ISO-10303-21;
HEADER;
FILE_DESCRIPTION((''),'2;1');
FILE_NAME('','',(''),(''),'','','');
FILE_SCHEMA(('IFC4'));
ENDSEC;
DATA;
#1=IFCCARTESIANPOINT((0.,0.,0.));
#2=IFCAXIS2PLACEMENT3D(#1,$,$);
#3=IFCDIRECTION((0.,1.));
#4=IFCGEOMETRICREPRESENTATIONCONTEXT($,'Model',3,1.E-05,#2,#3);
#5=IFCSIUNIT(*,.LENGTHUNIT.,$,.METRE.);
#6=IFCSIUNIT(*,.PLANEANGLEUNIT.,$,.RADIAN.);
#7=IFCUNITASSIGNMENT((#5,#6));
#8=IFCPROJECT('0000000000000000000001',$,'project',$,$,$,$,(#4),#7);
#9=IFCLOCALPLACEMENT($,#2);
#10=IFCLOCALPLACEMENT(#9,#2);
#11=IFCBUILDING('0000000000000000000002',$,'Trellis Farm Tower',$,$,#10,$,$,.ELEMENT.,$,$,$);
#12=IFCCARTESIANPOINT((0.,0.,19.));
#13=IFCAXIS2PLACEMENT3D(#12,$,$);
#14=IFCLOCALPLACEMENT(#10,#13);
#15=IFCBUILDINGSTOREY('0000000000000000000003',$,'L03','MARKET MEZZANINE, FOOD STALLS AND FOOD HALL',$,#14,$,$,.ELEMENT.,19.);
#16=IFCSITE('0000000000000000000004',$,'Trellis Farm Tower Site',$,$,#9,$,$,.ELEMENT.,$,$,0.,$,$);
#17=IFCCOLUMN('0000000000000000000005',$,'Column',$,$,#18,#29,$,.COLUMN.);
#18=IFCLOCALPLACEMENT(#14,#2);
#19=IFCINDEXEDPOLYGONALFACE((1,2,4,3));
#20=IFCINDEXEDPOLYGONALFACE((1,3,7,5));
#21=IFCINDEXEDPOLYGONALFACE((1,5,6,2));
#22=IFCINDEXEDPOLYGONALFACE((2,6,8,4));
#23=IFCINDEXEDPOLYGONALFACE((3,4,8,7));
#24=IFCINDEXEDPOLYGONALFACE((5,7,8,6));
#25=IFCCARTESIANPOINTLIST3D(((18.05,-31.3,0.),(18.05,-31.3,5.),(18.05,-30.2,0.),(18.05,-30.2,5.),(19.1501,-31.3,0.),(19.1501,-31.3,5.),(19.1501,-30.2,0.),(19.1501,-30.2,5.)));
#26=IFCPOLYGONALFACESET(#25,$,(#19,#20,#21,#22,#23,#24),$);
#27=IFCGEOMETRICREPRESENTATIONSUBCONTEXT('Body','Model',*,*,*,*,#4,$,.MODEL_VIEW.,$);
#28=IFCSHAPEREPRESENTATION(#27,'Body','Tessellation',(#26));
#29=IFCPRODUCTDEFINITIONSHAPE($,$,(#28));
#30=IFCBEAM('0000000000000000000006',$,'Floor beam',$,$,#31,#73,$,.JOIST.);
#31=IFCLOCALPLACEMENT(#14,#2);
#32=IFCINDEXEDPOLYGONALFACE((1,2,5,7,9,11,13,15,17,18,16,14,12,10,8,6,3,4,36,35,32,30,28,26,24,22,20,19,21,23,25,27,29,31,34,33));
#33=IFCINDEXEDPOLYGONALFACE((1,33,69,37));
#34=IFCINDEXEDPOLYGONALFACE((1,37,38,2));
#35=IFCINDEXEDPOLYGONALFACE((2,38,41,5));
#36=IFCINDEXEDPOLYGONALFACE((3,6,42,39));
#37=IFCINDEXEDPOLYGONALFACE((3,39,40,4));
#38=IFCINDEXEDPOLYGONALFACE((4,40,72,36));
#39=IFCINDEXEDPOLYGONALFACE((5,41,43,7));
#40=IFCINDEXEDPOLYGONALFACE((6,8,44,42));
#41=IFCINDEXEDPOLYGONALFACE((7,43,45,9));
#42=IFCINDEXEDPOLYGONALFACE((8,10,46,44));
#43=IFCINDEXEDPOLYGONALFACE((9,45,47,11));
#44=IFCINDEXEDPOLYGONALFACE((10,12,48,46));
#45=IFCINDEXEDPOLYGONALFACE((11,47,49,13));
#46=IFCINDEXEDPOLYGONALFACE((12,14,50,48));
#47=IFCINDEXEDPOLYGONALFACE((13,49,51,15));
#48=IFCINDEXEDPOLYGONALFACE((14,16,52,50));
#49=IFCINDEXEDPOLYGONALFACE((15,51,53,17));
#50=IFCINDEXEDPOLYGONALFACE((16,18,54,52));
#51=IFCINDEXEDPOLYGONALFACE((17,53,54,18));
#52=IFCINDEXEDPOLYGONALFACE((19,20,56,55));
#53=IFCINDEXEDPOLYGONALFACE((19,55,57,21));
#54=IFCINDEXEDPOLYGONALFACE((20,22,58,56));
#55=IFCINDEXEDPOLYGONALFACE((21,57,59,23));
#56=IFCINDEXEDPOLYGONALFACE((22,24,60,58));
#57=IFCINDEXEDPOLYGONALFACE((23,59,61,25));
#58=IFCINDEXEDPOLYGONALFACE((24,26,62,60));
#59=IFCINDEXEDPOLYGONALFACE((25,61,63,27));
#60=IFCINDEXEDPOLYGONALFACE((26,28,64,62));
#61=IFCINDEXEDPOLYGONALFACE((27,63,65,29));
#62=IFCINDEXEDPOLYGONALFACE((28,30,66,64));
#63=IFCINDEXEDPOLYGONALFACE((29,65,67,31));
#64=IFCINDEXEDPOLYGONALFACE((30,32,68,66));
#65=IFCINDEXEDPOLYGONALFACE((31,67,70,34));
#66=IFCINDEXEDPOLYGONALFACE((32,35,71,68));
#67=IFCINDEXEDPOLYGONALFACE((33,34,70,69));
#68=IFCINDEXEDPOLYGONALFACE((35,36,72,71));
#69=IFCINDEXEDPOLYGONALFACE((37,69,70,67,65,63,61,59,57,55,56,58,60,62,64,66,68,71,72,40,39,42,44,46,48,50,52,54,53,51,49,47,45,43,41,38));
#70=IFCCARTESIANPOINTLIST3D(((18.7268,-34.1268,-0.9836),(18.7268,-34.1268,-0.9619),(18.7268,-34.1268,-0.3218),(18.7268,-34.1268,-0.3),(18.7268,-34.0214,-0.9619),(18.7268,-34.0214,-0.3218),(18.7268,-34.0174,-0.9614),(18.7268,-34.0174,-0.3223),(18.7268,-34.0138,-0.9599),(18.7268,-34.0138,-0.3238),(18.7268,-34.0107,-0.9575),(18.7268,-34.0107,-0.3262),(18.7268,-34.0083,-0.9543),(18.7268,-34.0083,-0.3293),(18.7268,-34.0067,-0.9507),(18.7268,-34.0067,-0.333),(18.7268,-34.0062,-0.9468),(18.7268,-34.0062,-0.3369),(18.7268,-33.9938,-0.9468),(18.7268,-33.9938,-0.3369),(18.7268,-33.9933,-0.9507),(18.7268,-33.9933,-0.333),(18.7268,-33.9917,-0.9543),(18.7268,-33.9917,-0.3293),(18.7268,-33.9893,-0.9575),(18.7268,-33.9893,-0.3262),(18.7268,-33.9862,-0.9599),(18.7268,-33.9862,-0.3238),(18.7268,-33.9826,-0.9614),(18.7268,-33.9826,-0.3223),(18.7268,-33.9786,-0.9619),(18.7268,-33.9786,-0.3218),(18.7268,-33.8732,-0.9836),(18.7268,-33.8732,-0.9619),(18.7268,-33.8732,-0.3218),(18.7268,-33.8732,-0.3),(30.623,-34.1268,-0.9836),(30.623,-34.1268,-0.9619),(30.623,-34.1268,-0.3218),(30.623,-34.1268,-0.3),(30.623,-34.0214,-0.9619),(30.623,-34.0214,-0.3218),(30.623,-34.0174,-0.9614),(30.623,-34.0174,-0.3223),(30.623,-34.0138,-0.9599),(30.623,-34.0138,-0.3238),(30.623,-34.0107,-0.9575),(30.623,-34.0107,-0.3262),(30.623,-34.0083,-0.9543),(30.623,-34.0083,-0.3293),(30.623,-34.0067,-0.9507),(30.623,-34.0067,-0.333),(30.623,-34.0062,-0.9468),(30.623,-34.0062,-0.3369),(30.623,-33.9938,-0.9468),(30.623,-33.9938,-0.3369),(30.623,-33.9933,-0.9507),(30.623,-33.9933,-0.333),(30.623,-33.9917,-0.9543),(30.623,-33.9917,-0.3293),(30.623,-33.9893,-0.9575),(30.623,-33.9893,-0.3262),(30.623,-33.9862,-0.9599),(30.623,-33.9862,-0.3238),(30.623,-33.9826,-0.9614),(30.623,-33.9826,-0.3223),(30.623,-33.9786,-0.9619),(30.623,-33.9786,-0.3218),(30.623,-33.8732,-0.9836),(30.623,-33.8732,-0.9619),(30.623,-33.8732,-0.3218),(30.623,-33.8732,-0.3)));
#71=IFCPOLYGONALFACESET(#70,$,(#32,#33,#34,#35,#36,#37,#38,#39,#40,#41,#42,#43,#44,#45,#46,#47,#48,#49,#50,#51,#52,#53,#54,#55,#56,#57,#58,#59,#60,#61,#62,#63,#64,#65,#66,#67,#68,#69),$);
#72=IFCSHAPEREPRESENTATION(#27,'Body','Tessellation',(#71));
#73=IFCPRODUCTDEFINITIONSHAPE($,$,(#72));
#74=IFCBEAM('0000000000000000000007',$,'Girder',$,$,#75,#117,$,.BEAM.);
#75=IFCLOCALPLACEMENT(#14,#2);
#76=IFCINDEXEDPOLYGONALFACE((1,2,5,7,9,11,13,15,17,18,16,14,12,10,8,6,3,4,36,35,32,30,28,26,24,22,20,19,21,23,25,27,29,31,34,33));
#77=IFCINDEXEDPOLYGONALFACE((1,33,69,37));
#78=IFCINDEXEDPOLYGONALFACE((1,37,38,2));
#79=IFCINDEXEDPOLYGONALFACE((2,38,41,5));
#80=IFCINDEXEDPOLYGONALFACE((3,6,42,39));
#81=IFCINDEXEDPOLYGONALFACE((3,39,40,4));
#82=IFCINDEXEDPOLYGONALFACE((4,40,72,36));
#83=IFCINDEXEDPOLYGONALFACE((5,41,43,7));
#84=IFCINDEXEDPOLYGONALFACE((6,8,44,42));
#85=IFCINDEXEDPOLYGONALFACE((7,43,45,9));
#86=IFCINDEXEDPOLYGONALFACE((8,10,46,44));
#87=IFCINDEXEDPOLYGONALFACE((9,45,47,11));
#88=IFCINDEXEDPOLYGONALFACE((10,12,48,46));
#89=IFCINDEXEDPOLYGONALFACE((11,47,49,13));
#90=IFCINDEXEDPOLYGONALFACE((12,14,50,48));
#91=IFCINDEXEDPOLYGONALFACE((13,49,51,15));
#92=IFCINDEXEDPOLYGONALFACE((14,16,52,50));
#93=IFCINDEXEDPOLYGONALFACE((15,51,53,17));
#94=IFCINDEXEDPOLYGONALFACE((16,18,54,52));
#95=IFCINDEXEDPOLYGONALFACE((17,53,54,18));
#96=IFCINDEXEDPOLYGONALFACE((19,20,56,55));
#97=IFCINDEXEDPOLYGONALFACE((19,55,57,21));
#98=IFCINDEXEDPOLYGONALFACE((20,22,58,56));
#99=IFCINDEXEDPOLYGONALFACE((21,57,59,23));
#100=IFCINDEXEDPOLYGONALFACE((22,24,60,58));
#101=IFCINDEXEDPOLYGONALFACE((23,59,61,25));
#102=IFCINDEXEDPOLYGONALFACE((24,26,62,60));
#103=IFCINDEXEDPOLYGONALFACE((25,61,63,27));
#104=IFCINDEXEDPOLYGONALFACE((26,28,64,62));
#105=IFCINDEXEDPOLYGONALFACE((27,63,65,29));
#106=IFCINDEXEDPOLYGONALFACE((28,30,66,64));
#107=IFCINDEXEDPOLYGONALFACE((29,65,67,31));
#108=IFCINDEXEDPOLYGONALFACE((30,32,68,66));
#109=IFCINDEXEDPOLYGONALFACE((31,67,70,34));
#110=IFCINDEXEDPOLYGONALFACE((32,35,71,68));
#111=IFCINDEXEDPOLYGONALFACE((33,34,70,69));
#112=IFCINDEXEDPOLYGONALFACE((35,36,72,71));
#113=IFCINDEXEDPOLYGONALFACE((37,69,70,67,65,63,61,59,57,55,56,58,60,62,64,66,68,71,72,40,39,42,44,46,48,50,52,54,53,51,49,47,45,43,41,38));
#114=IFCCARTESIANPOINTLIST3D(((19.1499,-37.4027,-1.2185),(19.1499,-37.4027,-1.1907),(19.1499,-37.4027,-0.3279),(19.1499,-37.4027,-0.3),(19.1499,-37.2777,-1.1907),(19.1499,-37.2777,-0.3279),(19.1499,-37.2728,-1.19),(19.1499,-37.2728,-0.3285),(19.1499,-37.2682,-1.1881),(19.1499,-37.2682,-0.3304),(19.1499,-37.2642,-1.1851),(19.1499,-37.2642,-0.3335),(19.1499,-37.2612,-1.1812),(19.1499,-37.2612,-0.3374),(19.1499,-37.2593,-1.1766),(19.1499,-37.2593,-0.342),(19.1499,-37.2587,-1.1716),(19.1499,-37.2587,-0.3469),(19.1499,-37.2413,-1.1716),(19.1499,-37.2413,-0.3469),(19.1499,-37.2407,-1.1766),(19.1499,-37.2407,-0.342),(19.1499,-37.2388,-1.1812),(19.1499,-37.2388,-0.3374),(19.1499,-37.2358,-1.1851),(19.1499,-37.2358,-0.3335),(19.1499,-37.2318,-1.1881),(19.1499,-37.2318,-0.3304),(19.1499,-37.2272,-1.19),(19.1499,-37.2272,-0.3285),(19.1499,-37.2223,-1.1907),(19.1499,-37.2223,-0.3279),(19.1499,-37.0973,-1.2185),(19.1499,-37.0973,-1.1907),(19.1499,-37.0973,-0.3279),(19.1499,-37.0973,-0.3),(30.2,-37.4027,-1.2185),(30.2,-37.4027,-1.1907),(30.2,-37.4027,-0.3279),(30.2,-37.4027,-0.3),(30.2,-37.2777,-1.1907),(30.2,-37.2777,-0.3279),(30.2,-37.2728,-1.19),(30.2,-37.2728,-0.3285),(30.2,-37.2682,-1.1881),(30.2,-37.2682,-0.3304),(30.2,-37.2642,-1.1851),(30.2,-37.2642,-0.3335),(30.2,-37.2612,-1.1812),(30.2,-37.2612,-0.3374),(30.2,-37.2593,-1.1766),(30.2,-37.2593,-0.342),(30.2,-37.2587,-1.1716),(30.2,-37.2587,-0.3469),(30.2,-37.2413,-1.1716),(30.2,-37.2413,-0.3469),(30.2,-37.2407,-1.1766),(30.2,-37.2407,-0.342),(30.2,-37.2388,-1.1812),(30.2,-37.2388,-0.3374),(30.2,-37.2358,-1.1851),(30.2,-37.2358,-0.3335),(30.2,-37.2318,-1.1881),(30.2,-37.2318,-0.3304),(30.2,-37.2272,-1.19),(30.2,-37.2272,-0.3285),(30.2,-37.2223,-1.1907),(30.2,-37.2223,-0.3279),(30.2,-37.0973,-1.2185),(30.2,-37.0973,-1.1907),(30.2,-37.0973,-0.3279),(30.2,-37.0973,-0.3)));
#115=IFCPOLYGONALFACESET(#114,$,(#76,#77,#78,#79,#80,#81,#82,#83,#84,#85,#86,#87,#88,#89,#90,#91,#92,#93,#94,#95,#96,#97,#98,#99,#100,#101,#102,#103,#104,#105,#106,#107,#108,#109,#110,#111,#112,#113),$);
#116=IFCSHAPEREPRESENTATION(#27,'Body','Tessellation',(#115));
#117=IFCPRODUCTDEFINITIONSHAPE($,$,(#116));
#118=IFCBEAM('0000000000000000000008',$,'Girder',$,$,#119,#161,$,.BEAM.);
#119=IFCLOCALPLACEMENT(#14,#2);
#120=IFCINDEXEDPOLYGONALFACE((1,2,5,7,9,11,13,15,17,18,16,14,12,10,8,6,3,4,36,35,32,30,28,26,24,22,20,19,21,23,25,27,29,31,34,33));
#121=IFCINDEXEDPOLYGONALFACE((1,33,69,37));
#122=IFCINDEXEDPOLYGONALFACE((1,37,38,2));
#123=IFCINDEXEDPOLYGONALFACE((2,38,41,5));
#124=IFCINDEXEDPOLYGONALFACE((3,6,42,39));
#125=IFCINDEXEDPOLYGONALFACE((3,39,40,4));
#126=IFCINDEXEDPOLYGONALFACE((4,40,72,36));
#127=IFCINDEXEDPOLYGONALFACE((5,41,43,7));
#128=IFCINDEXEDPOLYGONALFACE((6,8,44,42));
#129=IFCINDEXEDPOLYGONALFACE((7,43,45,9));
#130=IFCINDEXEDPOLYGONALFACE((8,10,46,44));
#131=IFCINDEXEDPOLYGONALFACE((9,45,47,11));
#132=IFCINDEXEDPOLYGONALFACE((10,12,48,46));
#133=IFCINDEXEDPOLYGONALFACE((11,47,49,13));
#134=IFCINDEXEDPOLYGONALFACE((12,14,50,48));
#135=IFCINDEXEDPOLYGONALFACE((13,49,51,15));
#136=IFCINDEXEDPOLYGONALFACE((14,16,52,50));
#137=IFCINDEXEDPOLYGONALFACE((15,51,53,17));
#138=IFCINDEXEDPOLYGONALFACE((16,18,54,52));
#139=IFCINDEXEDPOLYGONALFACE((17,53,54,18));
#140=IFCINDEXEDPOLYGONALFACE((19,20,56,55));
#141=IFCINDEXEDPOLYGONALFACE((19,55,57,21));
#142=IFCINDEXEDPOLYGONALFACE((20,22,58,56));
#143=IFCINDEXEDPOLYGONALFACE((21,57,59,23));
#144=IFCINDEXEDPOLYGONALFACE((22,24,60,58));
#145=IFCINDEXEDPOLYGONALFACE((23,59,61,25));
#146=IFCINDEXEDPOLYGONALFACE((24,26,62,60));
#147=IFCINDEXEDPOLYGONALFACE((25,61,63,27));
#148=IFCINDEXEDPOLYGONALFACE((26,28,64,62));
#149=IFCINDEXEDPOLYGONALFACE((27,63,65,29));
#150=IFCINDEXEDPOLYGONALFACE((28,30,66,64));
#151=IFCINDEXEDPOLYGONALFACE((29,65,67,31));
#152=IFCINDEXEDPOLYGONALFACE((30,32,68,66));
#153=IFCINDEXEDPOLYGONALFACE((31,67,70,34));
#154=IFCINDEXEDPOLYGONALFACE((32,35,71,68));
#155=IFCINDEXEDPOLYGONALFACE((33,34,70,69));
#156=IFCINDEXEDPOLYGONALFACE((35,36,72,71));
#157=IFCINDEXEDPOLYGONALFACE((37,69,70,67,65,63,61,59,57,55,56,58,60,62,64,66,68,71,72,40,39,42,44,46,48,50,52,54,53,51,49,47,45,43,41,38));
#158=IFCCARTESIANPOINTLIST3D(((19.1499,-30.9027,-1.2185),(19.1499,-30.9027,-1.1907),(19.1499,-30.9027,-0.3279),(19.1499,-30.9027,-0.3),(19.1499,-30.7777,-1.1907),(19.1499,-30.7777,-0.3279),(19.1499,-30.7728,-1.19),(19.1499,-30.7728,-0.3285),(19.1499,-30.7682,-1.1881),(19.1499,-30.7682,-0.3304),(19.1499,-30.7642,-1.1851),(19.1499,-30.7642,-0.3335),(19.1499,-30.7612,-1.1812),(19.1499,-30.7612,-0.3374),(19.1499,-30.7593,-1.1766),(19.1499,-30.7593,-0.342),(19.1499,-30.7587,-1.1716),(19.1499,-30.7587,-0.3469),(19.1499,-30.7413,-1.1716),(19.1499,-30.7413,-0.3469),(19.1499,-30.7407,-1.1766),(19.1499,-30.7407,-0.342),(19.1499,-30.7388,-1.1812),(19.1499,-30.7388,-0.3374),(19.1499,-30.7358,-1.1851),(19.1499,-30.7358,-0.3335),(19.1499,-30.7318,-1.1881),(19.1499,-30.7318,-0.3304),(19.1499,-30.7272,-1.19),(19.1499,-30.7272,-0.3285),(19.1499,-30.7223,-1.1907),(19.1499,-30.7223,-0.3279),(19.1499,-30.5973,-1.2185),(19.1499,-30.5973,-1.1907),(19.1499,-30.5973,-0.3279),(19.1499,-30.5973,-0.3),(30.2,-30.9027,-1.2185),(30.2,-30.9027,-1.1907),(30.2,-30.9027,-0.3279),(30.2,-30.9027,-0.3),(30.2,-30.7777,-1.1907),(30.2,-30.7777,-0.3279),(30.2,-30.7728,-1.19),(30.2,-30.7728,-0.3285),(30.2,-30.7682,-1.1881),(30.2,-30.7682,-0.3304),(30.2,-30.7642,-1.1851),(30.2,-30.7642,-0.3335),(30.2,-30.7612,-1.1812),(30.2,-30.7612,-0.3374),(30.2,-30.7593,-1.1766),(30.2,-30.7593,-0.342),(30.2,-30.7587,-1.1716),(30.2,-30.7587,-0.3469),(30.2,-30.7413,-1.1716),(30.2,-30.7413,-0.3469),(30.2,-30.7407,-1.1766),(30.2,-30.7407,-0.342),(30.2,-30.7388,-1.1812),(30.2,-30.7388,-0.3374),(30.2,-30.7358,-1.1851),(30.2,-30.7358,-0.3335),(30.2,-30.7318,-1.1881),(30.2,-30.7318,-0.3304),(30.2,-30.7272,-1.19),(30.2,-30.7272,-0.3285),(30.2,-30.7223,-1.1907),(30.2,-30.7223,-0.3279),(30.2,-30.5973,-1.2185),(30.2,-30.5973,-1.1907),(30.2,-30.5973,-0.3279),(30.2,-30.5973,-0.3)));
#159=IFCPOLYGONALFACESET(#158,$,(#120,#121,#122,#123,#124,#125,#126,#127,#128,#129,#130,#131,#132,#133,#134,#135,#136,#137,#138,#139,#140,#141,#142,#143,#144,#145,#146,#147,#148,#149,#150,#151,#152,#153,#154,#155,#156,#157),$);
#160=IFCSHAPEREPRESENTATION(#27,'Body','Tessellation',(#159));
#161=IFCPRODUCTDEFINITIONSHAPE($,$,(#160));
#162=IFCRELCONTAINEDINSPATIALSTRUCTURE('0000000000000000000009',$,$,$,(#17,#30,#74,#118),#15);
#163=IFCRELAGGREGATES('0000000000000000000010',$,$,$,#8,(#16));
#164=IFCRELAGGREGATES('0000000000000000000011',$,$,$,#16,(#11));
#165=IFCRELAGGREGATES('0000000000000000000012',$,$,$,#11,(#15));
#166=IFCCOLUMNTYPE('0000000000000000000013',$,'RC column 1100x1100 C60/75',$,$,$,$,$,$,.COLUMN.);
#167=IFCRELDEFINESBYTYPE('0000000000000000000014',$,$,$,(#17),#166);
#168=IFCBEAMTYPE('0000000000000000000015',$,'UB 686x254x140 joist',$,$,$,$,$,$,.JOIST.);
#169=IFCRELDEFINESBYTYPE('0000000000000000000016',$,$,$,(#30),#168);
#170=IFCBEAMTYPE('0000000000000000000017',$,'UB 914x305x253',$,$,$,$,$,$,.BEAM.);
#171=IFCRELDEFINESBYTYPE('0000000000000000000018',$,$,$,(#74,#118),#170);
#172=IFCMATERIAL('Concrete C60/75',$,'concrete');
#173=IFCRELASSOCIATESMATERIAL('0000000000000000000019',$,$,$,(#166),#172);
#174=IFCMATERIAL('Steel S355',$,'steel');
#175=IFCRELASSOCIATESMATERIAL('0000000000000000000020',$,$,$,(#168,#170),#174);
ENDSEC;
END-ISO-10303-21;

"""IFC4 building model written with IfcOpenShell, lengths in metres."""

from ifc_helpers import new_model, si_unit, direction, frame, origin, origin_2d, place, context, subcontext, project, spatial, rectangle, i_section, extrude, source, transform, mapped, material, material_profile, profile_set, type_object, element, save


model = new_model("IFC4")

# Units and contexts
model_context = context("Model", 3, precision=1e-05, world=origin(), true_north=direction((0.0, 1.0)))
body_context = subcontext(model_context, "Body", "Model", "MODEL_VIEW")
ifc_project = project(units=[si_unit("LENGTHUNIT", "METRE"), si_unit("PLANEANGLEUNIT", "RADIAN")], contexts=[model_context])

# Site, building, storey
site_placement = place(None, origin())
site = spatial("IfcSite", under=ifc_project, at=site_placement, Name="Trellis Farm Tower Site", CompositionType="ELEMENT", RefElevation=0.0)
building_placement = place(site_placement, origin())
building = spatial("IfcBuilding", under=site, at=building_placement, Name="Trellis Farm Tower", CompositionType="ELEMENT")
storey_placement = place(building_placement, frame((0.0, 0.0, 19.0)))
storey = spatial("IfcBuildingStorey", under=building, at=storey_placement, Name="L03", Description="MARKET MEZZANINE, FOOD STALLS AND FOOD HALL", CompositionType="ELEMENT", Elevation=19.0)

# Column
ifc_material_1 = material(Name="Concrete C60/75", Category="concrete")
ifc_material_profile_1 = material_profile(ifc_material_1, rectangle(XDim=1.1001, YDim=1.1001, at=origin_2d()), Name="RC column 1100x1100 C60/75")
ifc_profile_set_1 = profile_set([ifc_material_profile_1], Name="Concrete C60/75")
column_type = type_object("IfcColumnType", Name="RC column 1100x1100 C60/75", PredefinedType="COLUMN", material=ifc_profile_set_1)
shared_shape_1 = source(origin(), body_context, "Body", "SweptSolid", [
    extrude(rectangle(XDim=1.1001, YDim=1.1001, at=origin_2d()), origin(), (0.0, 0.0, 1.0), 5.0),
])
column_placement = place(storey_placement, frame((18.6001, -30.75, 0.0), z_axis=(0.0, 0.0, 1.0), x_axis=(1.0, 0.0, 0.0)))
element("IfcColumn", 1, at=column_placement, inside=storey, type_object=column_type, Name="Column", PredefinedType="COLUMN", context=body_context, shape_type="MappedRepresentation", body=[
    mapped(shared_shape_1, transform((0.0, 0.0, 0.0))),
])

# Beams
ifc_material_2 = material(Name="Steel S355", Category="steel")
ifc_material_profile_2 = material_profile(ifc_material_2, i_section(OverallWidth=0.2537, OverallDepth=0.6836, WebThickness=0.0125, FlangeThickness=0.0217, FilletRadius=0.0151, at=origin_2d()), Name="UB 686x254x140")
ifc_profile_set_2 = profile_set([ifc_material_profile_2], Name="Steel S355")
beam_type_1 = type_object("IfcBeamType", Name="UB 686x254x140 joist", PredefinedType="JOIST", material=ifc_profile_set_2)
shared_shape_2 = source(origin(), body_context, "Body", "SweptSolid", [
    extrude(i_section(OverallWidth=0.2537, OverallDepth=0.6836, WebThickness=0.0125, FlangeThickness=0.0217, FilletRadius=0.0151, at=origin_2d()), origin(), (0.0, 0.0, 1.0), 11.8962),
])
beam_1_placement = place(storey_placement, frame((18.7268, -34.0, -0.6418), z_axis=(1.0, 0.0, 0.0), x_axis=(0.0, 1.0, 0.0)))
element("IfcBeam", 2, at=beam_1_placement, inside=storey, type_object=beam_type_1, Name="Floor beam", PredefinedType="JOIST", context=body_context, shape_type="MappedRepresentation", body=[
    mapped(shared_shape_2, transform((0.0, 0.0, 0.0))),
])
ifc_material_profile_3 = material_profile(ifc_material_2, i_section(OverallWidth=0.3054, OverallDepth=0.9185, WebThickness=0.0173, FlangeThickness=0.0278, FilletRadius=0.019, at=origin_2d()), Name="UB 914x305x253")
ifc_profile_set_3 = profile_set([ifc_material_profile_3], Name="Steel S355")
beam_type_2 = type_object("IfcBeamType", Name="UB 914x305x253", PredefinedType="BEAM", material=ifc_profile_set_3)
shared_shape_3 = source(origin(), body_context, "Body", "SweptSolid", [
    extrude(i_section(OverallWidth=0.3054, OverallDepth=0.9185, WebThickness=0.0173, FlangeThickness=0.0278, FilletRadius=0.019, at=origin_2d()), origin(), (0.0, 0.0, 1.0), 11.05),
])
for number, where, z_axis, x_axis, name in (
    (3, (19.1499, -37.25, -0.7593), (1.0, 0.0, 0.0), (0.0, 1.0, 0.0), "Girder"),
    (4, (19.1499, -30.75, -0.7593), (1.0, 0.0, 0.0), (0.0, 1.0, 0.0), "Girder"),
):
    element("IfcBeam", number, at=place(storey_placement, frame(where, z_axis=z_axis, x_axis=x_axis)), inside=storey, type_object=beam_type_2, Name=name, PredefinedType="BEAM", context=body_context, shape_type="MappedRepresentation", body=[
        mapped(shared_shape_3, transform((0.0, 0.0, 0.0))),
    ])

save(model, "model.ifc")
